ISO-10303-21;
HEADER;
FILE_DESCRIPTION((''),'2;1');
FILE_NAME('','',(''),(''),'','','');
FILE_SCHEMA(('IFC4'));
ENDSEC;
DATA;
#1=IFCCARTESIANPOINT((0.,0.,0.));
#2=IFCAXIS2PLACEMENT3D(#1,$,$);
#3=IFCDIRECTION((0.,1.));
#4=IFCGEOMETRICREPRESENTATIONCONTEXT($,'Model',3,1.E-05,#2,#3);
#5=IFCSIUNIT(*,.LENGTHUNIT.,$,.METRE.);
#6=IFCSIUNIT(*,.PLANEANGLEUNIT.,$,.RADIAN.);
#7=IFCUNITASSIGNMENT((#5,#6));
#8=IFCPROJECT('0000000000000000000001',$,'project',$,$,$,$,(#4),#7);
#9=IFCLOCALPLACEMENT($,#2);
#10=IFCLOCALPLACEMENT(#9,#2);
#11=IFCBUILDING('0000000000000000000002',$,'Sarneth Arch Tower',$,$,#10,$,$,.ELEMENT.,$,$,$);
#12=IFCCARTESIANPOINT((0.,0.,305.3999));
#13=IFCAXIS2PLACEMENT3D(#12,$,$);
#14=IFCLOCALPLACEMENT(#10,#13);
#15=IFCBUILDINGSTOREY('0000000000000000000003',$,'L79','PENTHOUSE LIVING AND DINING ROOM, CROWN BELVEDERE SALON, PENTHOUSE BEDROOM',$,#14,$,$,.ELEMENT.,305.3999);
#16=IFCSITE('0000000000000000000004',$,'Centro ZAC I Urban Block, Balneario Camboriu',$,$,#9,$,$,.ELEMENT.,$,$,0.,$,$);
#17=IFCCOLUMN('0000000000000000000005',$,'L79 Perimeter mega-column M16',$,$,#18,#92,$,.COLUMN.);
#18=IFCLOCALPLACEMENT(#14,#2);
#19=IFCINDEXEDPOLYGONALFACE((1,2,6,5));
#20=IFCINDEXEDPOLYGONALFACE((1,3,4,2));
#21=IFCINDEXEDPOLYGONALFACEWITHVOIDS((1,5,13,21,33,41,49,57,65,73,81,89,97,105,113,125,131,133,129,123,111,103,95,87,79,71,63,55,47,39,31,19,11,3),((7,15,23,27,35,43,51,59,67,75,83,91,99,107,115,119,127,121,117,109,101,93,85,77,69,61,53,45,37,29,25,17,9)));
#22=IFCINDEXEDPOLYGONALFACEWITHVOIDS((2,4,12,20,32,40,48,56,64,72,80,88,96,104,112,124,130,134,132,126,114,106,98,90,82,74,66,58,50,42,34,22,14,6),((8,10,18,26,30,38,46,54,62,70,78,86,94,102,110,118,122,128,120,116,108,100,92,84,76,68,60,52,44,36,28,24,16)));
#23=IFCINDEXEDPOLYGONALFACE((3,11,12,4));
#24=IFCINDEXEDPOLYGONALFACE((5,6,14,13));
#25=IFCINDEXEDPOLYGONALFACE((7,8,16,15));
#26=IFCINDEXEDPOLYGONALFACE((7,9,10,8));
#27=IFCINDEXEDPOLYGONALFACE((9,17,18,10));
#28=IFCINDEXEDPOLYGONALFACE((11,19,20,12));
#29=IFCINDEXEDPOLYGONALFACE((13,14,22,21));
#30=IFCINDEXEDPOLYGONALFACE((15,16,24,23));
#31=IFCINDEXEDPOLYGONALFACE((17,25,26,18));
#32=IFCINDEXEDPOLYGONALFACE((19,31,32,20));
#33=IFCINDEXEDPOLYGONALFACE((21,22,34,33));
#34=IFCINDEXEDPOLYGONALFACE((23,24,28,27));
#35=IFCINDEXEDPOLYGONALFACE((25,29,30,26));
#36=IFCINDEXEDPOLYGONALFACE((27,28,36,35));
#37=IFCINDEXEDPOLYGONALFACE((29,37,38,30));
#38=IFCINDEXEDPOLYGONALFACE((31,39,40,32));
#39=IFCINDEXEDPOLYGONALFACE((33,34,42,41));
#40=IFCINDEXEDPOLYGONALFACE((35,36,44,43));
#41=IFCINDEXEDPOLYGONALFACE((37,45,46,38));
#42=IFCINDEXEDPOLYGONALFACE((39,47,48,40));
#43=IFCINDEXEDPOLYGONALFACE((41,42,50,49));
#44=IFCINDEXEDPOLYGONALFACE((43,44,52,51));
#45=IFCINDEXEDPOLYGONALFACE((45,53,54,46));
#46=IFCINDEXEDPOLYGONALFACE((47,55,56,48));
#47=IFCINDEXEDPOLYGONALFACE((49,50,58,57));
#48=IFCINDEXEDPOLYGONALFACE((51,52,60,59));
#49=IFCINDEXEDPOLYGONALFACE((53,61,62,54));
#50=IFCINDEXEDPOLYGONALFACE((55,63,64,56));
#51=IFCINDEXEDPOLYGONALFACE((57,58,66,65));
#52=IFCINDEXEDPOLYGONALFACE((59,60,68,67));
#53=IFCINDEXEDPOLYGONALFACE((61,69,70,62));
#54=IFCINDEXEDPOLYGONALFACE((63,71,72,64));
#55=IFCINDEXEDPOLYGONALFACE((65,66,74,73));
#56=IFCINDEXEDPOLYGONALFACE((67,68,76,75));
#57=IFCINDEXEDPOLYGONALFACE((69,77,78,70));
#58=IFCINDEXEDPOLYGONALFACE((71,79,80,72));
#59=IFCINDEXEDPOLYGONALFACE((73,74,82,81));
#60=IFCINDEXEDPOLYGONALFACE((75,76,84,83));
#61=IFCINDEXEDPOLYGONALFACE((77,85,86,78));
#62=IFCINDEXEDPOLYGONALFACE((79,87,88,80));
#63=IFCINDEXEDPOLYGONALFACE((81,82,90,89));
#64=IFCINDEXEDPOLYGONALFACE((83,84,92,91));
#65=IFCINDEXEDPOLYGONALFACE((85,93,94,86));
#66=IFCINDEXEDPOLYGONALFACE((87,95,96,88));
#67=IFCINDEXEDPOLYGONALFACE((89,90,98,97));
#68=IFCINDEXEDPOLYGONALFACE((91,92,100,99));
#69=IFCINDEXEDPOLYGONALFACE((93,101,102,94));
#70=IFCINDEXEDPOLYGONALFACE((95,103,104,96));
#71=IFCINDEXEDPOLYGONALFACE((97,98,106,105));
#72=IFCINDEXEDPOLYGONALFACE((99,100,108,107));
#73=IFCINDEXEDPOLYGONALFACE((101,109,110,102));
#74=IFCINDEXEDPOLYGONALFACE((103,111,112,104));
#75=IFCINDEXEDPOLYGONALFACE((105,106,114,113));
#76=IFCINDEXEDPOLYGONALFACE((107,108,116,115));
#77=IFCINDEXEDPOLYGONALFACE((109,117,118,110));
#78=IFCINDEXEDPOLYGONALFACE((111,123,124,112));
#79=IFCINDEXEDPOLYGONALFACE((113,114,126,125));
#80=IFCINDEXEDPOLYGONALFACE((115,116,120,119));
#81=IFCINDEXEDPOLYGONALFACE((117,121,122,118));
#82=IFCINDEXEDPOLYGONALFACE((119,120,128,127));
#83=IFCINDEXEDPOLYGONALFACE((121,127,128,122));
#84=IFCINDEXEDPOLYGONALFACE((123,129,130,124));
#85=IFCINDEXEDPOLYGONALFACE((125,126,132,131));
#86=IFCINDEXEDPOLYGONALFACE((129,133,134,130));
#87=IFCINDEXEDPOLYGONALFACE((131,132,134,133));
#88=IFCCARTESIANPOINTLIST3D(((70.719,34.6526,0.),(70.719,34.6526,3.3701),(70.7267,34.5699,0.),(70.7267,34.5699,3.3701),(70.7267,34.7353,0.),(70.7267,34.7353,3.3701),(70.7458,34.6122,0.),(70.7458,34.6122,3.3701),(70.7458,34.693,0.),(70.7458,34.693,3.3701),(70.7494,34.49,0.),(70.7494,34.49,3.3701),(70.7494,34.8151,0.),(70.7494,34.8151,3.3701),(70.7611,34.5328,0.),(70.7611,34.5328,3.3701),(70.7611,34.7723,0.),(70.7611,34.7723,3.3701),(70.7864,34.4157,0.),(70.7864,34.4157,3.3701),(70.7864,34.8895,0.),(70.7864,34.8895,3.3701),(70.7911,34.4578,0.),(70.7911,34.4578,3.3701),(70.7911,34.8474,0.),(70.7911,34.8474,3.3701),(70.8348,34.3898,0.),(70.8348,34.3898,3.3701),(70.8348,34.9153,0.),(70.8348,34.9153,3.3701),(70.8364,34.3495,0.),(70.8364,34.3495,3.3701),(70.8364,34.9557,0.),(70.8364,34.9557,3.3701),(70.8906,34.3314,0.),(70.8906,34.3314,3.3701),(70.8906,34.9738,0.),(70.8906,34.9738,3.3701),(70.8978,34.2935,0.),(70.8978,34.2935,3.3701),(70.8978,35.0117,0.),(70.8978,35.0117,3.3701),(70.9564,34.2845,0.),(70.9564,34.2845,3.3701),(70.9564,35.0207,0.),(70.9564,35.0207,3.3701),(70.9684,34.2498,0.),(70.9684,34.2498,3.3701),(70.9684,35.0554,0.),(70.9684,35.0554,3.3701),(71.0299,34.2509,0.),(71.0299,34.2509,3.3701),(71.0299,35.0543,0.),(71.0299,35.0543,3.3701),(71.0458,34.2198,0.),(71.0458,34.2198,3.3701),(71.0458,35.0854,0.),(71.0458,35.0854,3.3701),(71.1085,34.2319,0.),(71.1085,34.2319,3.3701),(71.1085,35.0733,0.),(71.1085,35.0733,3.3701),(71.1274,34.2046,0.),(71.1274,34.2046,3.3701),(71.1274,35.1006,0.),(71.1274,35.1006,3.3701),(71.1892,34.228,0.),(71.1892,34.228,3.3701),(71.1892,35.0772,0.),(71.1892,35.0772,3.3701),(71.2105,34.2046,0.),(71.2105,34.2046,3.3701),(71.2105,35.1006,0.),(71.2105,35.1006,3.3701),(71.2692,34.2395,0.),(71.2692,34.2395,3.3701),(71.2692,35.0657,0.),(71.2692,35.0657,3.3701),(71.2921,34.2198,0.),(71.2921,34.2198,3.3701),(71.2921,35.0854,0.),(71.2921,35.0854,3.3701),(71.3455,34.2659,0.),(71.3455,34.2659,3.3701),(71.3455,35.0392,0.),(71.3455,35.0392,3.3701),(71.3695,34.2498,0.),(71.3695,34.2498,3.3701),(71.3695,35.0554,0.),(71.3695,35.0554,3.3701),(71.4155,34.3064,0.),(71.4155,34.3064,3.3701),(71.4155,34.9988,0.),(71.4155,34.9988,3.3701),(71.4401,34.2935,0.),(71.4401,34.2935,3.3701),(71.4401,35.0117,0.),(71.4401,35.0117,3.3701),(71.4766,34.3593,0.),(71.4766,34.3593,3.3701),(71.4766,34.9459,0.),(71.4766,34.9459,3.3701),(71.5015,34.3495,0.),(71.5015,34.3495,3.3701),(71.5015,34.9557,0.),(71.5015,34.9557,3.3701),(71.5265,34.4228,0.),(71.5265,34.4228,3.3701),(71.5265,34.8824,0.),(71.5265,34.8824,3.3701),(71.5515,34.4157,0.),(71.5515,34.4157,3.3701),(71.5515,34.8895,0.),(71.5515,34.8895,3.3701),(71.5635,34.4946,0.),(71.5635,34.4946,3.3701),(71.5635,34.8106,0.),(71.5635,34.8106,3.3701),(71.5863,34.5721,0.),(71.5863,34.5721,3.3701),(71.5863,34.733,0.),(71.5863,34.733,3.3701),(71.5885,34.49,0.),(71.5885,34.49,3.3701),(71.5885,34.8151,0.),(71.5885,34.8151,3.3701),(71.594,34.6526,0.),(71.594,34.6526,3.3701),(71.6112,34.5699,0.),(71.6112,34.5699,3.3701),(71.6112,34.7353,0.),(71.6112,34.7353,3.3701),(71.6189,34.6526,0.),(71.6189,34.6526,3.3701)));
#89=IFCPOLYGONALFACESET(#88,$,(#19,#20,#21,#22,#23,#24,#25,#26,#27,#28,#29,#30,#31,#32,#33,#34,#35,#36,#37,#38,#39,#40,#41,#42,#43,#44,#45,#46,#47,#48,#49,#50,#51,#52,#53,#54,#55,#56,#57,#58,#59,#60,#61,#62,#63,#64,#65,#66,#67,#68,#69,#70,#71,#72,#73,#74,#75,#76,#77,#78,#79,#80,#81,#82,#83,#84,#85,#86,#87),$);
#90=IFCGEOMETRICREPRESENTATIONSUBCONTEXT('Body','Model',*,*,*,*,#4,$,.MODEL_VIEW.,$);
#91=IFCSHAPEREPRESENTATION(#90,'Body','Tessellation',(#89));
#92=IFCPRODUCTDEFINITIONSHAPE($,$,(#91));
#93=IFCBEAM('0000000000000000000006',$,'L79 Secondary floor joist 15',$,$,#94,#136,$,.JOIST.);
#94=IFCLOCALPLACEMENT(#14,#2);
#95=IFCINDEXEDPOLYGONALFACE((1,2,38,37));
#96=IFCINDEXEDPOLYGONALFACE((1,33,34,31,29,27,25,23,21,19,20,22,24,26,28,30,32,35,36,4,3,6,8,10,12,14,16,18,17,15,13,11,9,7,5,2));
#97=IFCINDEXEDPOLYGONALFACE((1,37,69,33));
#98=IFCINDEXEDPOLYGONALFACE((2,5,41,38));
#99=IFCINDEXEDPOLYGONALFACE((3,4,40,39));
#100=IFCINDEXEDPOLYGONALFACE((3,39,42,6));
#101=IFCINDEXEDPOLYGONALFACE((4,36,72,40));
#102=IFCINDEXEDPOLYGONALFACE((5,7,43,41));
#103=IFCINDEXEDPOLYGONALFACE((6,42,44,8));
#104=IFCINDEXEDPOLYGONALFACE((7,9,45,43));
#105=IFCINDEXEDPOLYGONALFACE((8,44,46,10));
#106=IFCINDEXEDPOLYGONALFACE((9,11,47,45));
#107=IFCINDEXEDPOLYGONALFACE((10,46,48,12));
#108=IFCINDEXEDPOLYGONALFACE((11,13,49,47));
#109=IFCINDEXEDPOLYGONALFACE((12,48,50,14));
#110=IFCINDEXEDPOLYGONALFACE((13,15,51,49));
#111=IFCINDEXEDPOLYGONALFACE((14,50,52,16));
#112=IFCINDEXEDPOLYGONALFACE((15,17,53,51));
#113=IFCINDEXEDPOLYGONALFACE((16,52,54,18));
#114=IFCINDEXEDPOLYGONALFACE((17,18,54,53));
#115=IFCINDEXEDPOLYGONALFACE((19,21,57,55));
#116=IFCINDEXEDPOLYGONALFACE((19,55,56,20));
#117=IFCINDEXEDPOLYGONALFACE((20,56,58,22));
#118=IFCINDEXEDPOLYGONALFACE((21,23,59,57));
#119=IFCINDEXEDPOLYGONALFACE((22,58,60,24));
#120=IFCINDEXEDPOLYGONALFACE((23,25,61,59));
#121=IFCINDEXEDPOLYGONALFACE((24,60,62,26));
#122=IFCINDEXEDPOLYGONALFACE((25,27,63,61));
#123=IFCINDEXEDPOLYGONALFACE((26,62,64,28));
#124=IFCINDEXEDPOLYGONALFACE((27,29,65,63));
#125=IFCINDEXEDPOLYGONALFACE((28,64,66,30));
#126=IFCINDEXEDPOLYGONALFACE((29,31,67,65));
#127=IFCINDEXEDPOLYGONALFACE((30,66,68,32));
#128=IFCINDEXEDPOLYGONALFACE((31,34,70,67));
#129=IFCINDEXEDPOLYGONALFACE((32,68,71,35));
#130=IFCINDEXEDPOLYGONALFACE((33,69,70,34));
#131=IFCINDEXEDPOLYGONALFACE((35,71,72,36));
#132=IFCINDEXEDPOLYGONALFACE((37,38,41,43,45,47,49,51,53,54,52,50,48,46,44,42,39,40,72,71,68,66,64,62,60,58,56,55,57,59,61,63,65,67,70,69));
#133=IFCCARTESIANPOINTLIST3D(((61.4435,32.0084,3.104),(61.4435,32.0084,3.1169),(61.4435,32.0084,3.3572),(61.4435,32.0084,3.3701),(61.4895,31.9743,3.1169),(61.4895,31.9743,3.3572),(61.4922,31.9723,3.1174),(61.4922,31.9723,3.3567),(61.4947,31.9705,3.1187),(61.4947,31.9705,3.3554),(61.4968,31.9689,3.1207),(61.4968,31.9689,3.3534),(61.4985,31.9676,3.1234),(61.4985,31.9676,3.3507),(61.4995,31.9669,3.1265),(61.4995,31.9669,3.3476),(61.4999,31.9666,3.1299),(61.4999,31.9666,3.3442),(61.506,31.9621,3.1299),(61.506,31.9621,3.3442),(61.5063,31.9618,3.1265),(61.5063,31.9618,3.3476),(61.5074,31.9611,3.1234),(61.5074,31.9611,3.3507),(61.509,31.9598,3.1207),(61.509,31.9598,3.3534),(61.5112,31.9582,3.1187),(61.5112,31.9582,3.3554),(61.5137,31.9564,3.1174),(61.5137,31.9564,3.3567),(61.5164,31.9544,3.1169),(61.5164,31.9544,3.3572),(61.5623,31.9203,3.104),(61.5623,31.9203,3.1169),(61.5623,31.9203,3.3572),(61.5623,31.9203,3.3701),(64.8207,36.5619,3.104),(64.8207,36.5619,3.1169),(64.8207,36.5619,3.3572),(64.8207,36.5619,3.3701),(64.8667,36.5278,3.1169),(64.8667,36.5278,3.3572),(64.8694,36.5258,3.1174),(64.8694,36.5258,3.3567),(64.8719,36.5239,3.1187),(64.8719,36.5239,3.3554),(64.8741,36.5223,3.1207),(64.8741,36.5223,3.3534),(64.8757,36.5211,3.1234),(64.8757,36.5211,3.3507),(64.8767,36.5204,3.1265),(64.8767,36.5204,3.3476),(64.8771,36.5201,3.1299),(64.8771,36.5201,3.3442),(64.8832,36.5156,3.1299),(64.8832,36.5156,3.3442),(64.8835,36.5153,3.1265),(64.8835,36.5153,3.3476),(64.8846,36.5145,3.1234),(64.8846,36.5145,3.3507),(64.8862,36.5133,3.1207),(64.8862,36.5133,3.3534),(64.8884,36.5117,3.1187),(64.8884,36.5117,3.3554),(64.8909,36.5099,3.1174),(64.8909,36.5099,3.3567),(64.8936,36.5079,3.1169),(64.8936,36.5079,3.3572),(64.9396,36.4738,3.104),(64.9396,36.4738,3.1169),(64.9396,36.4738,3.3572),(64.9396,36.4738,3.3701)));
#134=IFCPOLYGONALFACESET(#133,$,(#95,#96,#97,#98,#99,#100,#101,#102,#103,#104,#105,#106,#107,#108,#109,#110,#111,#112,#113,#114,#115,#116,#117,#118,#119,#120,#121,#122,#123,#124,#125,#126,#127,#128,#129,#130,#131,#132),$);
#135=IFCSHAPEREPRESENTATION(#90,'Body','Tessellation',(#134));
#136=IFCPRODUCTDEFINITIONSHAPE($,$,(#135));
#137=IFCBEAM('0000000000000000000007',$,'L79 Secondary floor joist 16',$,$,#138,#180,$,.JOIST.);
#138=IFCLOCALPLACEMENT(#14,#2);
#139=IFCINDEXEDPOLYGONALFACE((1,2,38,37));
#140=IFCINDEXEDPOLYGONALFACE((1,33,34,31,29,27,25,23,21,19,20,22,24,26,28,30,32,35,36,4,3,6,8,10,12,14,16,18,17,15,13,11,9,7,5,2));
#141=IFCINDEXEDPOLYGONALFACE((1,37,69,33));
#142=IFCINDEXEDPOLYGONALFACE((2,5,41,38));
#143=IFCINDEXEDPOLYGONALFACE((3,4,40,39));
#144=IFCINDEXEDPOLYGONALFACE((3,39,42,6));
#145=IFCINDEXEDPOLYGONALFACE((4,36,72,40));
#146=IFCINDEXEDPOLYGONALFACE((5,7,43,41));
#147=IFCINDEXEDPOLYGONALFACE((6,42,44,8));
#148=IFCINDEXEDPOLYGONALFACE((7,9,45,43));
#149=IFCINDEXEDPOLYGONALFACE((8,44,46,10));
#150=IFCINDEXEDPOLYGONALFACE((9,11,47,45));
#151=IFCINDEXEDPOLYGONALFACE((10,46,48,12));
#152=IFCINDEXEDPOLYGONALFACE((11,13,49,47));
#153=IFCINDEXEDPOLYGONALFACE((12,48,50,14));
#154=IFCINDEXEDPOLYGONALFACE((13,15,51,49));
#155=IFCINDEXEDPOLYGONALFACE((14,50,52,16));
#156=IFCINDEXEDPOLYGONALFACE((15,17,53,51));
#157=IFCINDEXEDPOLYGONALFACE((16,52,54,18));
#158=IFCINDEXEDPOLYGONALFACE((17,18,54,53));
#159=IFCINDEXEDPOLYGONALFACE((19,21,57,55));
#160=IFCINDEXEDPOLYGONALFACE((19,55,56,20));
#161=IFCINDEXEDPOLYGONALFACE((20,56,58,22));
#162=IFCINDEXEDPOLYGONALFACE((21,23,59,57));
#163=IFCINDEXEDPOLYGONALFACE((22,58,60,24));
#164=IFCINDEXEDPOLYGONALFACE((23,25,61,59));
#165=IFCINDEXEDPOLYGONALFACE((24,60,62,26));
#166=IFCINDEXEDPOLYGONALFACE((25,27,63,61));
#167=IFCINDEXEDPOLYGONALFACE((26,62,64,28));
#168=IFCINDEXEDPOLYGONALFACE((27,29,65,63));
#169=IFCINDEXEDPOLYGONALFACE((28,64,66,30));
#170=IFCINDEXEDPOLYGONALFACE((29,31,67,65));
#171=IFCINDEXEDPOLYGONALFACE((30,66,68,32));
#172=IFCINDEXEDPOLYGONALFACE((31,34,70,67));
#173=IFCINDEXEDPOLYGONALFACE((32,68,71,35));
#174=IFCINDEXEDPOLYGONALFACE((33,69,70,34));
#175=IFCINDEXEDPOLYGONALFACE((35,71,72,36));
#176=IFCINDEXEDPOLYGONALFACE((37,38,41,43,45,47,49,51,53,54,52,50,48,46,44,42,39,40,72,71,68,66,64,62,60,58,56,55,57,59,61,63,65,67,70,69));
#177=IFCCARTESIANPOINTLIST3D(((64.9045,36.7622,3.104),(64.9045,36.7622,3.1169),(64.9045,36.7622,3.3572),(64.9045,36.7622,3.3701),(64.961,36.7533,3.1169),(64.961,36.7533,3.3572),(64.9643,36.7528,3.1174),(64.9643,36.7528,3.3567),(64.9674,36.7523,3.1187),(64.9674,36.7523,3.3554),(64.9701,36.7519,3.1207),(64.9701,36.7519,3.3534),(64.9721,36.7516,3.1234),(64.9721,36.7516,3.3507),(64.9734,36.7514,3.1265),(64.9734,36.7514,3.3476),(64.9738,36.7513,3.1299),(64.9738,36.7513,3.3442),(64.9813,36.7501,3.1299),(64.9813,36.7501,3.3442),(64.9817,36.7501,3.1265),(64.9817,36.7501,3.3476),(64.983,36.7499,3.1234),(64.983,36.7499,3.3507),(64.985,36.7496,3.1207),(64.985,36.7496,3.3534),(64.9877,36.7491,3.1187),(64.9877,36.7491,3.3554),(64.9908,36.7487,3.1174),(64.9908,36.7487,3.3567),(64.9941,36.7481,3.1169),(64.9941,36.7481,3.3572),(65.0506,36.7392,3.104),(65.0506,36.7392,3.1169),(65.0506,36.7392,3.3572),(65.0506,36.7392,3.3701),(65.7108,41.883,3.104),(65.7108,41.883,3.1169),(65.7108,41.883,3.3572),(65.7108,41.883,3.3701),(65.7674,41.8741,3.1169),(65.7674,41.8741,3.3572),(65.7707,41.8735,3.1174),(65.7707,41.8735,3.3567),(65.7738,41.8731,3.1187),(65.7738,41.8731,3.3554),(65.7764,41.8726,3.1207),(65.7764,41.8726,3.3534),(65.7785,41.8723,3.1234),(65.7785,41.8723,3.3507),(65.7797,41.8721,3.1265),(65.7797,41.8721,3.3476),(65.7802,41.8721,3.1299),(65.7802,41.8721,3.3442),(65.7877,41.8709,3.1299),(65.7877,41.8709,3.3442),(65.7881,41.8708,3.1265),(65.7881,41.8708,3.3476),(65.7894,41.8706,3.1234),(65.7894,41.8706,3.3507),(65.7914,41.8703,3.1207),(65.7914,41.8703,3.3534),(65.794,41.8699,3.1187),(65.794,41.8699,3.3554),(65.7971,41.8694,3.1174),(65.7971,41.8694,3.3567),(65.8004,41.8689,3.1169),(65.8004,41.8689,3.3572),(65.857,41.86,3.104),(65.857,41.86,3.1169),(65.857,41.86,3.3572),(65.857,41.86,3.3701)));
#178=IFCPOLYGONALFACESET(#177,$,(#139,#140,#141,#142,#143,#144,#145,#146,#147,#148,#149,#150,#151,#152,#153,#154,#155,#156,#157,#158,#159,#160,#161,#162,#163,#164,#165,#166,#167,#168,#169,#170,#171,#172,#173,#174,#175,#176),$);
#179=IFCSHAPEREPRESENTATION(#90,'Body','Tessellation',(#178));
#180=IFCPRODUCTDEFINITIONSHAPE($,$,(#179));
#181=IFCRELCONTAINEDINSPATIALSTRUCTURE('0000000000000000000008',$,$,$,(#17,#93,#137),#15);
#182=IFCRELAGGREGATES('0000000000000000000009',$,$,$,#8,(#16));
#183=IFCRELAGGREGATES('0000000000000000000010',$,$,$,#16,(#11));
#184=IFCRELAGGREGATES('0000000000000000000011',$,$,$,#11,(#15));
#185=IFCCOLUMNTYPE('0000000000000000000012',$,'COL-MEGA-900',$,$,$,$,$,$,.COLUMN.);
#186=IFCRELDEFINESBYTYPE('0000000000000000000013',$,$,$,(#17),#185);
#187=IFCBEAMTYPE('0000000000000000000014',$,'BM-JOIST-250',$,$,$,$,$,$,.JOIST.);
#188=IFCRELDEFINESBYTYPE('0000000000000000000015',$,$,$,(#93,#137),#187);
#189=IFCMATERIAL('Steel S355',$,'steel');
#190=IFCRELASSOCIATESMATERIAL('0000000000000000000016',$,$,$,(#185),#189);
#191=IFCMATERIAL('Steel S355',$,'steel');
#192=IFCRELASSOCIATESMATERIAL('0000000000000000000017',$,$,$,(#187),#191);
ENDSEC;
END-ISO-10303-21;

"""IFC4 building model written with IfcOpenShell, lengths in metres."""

from ifc_helpers import new_model, si_unit, direction, frame, origin, origin_2d, place, context, subcontext, project, spatial, hollow_circle, i_section, extrude, material, material_profile, profile_set, type_object, element, save


model = new_model("IFC4")

# Units and contexts
model_context = context("Model", 3, precision=1e-05, world=origin(), true_north=direction((0.0, 1.0)))
body_context = subcontext(model_context, "Body", "Model", "MODEL_VIEW")
ifc_project = project(units=[si_unit("LENGTHUNIT", "METRE"), si_unit("PLANEANGLEUNIT", "RADIAN")], contexts=[model_context])

# Site, building, storey
site_placement = place(None, origin())
site = spatial("IfcSite", under=ifc_project, at=site_placement, Name="Centro ZAC I Urban Block, Balneario Camboriu", CompositionType="ELEMENT", RefElevation=0.0)
building_placement = place(site_placement, origin())
building = spatial("IfcBuilding", under=site, at=building_placement, Name="Sarneth Arch Tower", CompositionType="ELEMENT")
storey_placement = place(building_placement, frame((0.0, 0.0, 305.3999)))
storey = spatial("IfcBuildingStorey", under=building, at=storey_placement, Name="L79", Description="PENTHOUSE LIVING AND DINING ROOM, CROWN BELVEDERE SALON, PENTHOUSE BEDROOM", CompositionType="ELEMENT", Elevation=305.3999)

# Column
ifc_material_1 = material(Name="Steel S355", Category="steel")
ifc_material_profile_1 = material_profile(ifc_material_1, hollow_circle(Radius=0.45, WallThickness=0.0249, at=origin_2d()), Name="CHS900x25")
ifc_profile_set_1 = profile_set([ifc_material_profile_1], Name="Steel S355")
column_type = type_object("IfcColumnType", Name="COL-MEGA-900", PredefinedType="COLUMN", material=ifc_profile_set_1)
column_placement = place(storey_placement, frame((71.1689, 34.6526, 0.0), z_axis=(0.0, 0.0, 1.0), x_axis=(1.0, 0.0, 0.0)))
element("IfcColumn", 1, at=column_placement, inside=storey, type_object=column_type, Name="L79 Perimeter mega-column M16", PredefinedType="COLUMN", context=body_context, shape_type="SweptSolid", body=[
    extrude(hollow_circle(Radius=0.45, WallThickness=0.0249, at=origin_2d()), origin(), (0.0, 0.0, 1.0), 3.3701),
])

# Beams
ifc_material_2 = material(Name="Steel S355", Category="steel")
ifc_material_profile_2 = material_profile(ifc_material_2, i_section(OverallWidth=0.1479, OverallDepth=0.2661, WebThickness=0.0076, FlangeThickness=0.0129, FilletRadius=0.0129, at=origin_2d()), Name="W250x44.8")
ifc_profile_set_2 = profile_set([ifc_material_profile_2], Name="Steel S355")
beam_type_1 = type_object("IfcBeamType", Name="BM-JOIST-250", PredefinedType="JOIST", material=ifc_profile_set_2)
beam_1_placement = place(storey_placement, frame((61.5029, 31.9644, 3.2371), z_axis=(0.595713, 0.803198, 0.0), x_axis=(-0.803198, 0.595713, 0.0)))
element("IfcBeam", 2, at=beam_1_placement, inside=storey, type_object=beam_type_1, Name="L79 Secondary floor joist 15", PredefinedType="JOIST", context=body_context, shape_type="SweptSolid", body=[
    extrude(i_section(OverallWidth=0.1479, OverallDepth=0.2661, WebThickness=0.0076, FlangeThickness=0.0129, FilletRadius=0.0129, at=origin_2d()), origin(), (0.0, 0.0, 1.0), 5.6692),
])
beam_2_placement = place(storey_placement, frame((64.9775, 36.7507, 3.2371), z_axis=(0.155556, 0.987827, 0.0), x_axis=(-0.987827, 0.155556, 0.0)))
element("IfcBeam", 3, at=beam_2_placement, inside=storey, type_object=beam_type_1, Name="L79 Secondary floor joist 16", PredefinedType="JOIST", context=body_context, shape_type="SweptSolid", body=[
    extrude(i_section(OverallWidth=0.1479, OverallDepth=0.2661, WebThickness=0.0076, FlangeThickness=0.0129, FilletRadius=0.0129, at=origin_2d()), origin(), (0.0, 0.0, 1.0), 5.1838),
])

save(model, "model.ifc")
